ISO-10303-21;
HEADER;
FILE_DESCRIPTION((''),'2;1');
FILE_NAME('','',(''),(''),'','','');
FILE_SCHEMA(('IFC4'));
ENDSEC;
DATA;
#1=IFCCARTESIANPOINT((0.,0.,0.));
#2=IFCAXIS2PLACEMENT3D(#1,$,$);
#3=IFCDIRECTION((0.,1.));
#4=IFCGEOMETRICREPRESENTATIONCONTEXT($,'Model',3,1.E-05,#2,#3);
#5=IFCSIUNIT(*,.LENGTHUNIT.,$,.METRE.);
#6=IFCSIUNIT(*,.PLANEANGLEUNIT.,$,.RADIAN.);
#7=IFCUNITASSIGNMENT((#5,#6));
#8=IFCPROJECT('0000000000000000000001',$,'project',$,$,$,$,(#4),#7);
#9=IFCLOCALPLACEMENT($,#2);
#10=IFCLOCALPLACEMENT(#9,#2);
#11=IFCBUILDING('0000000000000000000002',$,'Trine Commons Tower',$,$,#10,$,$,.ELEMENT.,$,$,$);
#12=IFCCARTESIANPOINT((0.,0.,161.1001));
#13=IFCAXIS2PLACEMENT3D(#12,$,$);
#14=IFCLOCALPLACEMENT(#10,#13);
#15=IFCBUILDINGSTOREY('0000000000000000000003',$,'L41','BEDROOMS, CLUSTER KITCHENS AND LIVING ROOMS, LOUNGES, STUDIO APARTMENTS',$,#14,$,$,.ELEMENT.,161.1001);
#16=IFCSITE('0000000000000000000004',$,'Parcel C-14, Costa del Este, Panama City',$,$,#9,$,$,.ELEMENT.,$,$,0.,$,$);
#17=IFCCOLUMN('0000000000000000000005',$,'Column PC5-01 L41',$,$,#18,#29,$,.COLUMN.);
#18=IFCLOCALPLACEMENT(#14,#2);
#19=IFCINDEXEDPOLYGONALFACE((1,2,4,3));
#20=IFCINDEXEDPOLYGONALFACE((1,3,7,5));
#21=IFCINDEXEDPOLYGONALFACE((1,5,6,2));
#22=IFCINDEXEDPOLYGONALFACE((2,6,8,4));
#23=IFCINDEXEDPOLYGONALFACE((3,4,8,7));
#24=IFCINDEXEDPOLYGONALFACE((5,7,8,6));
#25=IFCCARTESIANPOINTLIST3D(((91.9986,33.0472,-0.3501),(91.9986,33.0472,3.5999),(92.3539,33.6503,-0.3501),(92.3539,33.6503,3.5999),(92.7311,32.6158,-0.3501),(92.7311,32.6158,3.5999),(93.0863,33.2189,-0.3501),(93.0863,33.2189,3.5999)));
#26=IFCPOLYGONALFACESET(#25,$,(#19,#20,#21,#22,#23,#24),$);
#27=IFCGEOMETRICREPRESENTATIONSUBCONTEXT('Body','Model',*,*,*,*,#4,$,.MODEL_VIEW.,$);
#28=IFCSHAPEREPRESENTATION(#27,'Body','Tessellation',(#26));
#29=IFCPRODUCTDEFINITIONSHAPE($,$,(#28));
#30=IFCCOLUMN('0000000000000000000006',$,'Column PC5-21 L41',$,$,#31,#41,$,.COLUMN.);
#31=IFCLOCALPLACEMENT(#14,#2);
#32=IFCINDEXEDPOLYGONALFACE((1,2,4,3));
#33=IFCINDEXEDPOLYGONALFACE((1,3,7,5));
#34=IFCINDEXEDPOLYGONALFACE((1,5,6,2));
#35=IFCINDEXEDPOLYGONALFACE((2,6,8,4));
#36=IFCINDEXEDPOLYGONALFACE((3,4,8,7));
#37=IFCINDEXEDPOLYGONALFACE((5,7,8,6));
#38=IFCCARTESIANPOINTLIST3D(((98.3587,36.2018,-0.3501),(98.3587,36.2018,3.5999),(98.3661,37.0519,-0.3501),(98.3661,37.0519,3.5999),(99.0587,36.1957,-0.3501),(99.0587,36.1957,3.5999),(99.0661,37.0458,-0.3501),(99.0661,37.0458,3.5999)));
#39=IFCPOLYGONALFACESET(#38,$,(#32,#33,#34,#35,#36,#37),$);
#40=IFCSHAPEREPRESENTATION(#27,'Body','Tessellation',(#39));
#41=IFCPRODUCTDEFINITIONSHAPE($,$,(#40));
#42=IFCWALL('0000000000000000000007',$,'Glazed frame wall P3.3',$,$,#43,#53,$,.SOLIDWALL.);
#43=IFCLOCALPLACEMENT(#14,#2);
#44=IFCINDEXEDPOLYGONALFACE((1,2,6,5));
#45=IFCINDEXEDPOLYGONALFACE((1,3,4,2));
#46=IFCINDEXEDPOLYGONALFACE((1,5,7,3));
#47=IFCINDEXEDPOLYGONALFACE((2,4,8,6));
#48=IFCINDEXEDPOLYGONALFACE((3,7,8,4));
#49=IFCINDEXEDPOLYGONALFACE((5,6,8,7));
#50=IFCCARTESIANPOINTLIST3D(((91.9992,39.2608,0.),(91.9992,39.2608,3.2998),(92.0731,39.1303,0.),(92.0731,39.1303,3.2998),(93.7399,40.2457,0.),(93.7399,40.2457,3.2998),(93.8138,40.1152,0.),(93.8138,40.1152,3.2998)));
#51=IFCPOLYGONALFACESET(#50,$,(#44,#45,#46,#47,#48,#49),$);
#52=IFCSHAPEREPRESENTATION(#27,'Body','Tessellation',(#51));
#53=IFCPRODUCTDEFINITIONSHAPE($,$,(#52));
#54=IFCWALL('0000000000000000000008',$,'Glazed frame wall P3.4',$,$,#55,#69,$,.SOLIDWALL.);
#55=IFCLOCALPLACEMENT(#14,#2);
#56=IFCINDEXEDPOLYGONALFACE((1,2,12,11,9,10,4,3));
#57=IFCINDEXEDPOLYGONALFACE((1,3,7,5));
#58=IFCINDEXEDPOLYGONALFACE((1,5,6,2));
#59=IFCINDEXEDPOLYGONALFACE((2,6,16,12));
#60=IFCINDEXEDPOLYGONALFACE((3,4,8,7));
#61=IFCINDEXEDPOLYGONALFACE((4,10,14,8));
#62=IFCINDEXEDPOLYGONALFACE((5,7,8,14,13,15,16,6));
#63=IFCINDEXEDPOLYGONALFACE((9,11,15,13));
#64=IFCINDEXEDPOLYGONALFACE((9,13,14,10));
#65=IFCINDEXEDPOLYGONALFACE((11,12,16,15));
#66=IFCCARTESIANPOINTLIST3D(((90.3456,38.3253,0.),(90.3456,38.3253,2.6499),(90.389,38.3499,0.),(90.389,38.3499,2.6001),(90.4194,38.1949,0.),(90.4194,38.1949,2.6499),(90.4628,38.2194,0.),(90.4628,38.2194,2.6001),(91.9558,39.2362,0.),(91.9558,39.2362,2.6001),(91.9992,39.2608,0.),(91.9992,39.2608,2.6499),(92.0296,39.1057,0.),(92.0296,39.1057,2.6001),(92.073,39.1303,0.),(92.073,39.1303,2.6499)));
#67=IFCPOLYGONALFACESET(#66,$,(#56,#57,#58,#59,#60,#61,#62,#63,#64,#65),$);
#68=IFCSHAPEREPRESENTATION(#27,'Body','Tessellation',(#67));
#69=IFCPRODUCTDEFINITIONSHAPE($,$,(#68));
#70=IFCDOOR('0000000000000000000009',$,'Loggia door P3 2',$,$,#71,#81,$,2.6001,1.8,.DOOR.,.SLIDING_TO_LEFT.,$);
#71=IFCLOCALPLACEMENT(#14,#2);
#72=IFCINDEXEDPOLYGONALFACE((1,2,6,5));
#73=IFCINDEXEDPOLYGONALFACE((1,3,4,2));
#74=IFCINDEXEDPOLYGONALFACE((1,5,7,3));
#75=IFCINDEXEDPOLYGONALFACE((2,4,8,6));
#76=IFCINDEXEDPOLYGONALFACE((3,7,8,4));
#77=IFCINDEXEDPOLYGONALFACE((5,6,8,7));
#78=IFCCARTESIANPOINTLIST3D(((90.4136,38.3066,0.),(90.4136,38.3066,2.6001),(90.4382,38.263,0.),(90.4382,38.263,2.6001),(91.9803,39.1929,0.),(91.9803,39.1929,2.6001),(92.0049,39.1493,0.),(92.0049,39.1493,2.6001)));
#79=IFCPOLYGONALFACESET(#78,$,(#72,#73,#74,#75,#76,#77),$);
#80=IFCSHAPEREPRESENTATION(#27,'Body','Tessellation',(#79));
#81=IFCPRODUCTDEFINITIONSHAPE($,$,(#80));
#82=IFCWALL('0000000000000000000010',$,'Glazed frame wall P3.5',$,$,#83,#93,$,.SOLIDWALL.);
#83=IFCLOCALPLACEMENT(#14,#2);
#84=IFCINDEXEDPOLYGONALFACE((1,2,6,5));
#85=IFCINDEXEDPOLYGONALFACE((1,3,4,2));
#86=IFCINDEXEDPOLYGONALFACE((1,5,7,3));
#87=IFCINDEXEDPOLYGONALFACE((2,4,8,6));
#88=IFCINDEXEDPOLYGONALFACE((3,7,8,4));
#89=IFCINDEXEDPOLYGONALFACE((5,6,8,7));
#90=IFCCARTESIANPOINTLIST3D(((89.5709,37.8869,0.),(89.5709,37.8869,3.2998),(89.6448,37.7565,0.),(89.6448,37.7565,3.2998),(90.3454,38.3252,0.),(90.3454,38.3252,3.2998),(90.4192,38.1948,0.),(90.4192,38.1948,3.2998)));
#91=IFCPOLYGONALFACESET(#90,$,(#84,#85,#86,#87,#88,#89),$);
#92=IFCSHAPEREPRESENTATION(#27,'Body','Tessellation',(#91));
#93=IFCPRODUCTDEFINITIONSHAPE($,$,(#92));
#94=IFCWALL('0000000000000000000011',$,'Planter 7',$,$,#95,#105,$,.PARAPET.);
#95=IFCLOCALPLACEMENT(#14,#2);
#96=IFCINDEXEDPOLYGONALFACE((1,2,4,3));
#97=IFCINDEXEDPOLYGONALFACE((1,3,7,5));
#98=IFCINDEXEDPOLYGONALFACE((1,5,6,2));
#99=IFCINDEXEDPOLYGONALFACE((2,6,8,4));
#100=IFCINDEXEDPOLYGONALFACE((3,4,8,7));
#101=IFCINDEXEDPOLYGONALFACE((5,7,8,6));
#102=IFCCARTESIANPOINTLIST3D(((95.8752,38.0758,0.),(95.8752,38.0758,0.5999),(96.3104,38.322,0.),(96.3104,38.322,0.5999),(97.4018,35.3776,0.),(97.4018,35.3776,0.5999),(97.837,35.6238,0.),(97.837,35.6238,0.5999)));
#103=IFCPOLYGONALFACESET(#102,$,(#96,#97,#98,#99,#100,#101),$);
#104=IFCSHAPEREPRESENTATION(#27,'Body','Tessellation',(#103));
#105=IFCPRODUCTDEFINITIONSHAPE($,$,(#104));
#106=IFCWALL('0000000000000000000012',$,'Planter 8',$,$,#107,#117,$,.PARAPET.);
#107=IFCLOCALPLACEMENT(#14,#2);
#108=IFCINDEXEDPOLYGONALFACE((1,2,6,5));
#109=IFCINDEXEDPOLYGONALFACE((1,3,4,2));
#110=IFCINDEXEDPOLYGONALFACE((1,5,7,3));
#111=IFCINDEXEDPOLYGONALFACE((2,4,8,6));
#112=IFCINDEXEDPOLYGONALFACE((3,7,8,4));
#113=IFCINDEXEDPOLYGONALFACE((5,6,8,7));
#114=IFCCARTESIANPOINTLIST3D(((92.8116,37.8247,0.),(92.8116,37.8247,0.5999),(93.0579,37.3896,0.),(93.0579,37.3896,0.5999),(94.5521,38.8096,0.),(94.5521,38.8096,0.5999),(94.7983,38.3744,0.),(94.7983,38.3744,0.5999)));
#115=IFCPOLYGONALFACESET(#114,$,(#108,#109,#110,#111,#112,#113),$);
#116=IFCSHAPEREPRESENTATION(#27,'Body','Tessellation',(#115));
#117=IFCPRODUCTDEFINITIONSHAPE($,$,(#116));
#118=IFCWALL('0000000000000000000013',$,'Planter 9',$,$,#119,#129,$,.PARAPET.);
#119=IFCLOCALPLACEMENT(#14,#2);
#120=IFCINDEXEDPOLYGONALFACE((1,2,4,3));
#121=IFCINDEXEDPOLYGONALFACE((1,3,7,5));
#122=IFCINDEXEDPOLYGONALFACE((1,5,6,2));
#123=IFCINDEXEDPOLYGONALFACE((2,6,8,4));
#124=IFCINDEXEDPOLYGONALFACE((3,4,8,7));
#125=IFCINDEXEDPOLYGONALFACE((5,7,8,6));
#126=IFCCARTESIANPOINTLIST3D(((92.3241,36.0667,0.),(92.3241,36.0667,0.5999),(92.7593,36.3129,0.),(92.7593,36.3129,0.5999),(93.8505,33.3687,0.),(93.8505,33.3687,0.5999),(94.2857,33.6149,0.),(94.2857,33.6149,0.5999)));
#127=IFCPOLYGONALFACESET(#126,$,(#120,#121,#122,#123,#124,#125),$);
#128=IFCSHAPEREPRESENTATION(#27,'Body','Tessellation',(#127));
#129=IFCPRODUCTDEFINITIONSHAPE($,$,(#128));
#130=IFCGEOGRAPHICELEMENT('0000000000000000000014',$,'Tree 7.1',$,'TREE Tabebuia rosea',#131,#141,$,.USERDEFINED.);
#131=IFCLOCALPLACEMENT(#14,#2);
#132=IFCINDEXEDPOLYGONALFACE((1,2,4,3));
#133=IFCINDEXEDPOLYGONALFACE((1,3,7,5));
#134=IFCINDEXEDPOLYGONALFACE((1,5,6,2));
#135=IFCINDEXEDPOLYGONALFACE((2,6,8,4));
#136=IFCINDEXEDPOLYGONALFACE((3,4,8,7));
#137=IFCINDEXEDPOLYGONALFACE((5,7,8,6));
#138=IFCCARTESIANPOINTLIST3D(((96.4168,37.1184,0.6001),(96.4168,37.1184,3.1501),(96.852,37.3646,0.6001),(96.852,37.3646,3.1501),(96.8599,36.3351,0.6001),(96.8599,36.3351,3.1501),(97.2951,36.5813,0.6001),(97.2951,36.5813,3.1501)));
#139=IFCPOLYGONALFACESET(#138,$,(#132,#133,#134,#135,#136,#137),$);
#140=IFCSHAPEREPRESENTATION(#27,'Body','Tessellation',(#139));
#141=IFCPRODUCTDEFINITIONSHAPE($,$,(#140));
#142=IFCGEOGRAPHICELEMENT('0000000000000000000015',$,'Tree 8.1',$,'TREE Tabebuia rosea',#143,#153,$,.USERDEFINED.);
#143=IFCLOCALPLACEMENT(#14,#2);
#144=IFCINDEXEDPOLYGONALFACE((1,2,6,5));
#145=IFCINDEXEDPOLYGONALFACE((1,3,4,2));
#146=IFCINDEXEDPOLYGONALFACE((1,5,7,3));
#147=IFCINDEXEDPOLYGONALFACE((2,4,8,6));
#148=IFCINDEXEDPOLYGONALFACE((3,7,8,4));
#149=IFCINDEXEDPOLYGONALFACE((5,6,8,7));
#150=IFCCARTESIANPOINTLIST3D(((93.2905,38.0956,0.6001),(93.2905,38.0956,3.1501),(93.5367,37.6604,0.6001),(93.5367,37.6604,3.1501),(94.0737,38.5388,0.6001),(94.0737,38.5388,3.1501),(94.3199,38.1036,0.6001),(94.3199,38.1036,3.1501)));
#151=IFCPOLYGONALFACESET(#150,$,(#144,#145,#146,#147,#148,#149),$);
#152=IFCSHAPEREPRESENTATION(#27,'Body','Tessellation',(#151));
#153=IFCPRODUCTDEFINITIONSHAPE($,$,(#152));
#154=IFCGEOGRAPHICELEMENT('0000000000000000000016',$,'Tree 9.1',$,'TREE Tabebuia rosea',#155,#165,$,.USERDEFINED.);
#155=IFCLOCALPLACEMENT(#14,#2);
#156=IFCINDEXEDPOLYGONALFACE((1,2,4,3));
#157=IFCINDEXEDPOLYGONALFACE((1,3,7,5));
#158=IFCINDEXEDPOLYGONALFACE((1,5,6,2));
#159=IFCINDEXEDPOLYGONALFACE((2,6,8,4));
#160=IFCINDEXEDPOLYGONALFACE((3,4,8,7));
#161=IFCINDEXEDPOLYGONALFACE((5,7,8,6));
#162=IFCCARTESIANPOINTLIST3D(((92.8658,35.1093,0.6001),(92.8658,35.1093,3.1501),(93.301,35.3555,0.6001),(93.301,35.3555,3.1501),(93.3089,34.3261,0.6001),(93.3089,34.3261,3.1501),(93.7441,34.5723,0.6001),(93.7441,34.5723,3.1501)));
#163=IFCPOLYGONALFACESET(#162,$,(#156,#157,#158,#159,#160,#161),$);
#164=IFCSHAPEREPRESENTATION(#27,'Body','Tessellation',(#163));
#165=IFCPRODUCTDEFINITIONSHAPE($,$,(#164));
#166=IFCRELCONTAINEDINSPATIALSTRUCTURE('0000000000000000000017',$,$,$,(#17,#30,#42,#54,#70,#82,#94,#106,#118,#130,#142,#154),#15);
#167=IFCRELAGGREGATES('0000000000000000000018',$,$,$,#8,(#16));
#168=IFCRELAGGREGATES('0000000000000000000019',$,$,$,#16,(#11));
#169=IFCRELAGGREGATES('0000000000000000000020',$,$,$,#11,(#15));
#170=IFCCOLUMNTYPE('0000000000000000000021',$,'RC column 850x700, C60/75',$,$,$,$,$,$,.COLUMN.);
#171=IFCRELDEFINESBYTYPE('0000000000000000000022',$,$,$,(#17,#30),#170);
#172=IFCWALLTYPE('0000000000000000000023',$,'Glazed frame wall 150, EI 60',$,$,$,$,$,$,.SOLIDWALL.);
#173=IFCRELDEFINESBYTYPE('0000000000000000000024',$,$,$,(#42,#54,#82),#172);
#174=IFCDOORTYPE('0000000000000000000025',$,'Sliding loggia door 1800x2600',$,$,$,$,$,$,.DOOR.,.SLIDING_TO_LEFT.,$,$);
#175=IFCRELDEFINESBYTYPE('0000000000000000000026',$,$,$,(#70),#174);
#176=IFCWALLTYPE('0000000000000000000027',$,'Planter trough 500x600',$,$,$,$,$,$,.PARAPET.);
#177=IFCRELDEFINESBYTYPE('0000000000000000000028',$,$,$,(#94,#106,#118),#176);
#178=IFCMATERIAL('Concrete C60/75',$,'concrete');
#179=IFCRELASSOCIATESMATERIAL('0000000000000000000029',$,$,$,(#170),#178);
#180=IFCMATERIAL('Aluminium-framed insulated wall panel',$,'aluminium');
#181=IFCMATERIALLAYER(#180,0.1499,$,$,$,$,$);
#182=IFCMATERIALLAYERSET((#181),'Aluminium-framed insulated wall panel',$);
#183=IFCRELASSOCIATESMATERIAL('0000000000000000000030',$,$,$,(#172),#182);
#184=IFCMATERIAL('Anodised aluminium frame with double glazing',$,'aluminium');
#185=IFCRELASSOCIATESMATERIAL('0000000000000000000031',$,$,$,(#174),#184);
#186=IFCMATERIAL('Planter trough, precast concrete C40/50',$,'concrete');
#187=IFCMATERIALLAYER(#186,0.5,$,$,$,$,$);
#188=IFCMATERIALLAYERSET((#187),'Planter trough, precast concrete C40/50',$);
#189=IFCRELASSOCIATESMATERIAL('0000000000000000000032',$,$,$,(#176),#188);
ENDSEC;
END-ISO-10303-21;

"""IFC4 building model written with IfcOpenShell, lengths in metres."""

from ifc_helpers import new_model, si_unit, direction, frame, frame_2d, origin, origin_2d, place, context, subcontext, project, spatial, polyline, rectangle, outline, extrude, material, layer, layer_set, material_profile, profile_set, type_object, element, fill, save


model = new_model("IFC4")

# Units and contexts
model_context = context("Model", 3, precision=1e-05, world=origin(), true_north=direction((0.0, 1.0)))
body_context = subcontext(model_context, "Body", "Model", "MODEL_VIEW")
ifc_project = project(units=[si_unit("LENGTHUNIT", "METRE"), si_unit("PLANEANGLEUNIT", "RADIAN")], contexts=[model_context])

# Site, building, storey
site_placement = place(None, origin())
site = spatial("IfcSite", under=ifc_project, at=site_placement, Name="Parcel C-14, Costa del Este, Panama City", CompositionType="ELEMENT", RefElevation=0.0)
building_placement = place(site_placement, origin())
building = spatial("IfcBuilding", under=site, at=building_placement, Name="Trine Commons Tower", CompositionType="ELEMENT")
storey_placement = place(building_placement, frame((0.0, 0.0, 161.1001)))
storey = spatial("IfcBuildingStorey", under=building, at=storey_placement, Name="L41", Description="BEDROOMS, CLUSTER KITCHENS AND LIVING ROOMS, LOUNGES, STUDIO APARTMENTS", CompositionType="ELEMENT", Elevation=161.1001)

# Columns
ifc_material_1 = material(Name="Concrete C60/75", Category="concrete")
ifc_material_profile = material_profile(ifc_material_1, rectangle(XDim=0.8501, YDim=0.7, at=origin_2d()), Name="RC 850x700")
ifc_profile_set = profile_set([ifc_material_profile], Name="Concrete C60/75")
column_type = type_object("IfcColumnType", Name="RC column 850x700, C60/75", PredefinedType="COLUMN", material=ifc_profile_set)
for number, where, z_axis, x_axis, name in (
    (1, (92.5425, 33.1331, -0.3501), (0.0, 0.0, 1.0), (-0.861629, 0.507538, 0.0), "Column PC5-01 L41"),
    (2, (98.7124, 36.6238, -0.3501), (0.0, 0.0, 1.0), (0.008727, 0.999962, 0.0), "Column PC5-21 L41"),
):
    element("IfcColumn", number, at=place(storey_placement, frame(where, z_axis=z_axis, x_axis=x_axis)), inside=storey, type_object=column_type, Name=name, PredefinedType="COLUMN", context=body_context, shape_type="SweptSolid", body=[
        extrude(rectangle(XDim=0.8501, YDim=0.7, at=origin_2d()), origin(), (0.0, 0.0, 1.0), 3.95),
    ])

# Wall
ifc_material_2 = material(Name="Aluminium-framed insulated wall panel", Category="aluminium")
ifc_layer_1 = layer(ifc_material_2, 0.1499)
ifc_layer_set_1 = layer_set([ifc_layer_1], Name="Aluminium-framed insulated wall panel")
wall_type_1 = type_object("IfcWallType", Name="Glazed frame wall 150, EI 60", PredefinedType="SOLIDWALL", material=ifc_layer_set_1)
wall_1_placement = place(storey_placement, frame((93.7769, 40.1804, 0.0), z_axis=(0.0, 0.0, 1.0), x_axis=(-0.870354, -0.492427, 0.0)))
element("IfcWall", 3, at=wall_1_placement, inside=storey, type_object=wall_type_1, Name="Glazed frame wall P3.3", PredefinedType="SOLIDWALL", context=body_context, shape_type="SweptSolid", body=[
    extrude(outline(polyline([(0.0, -0.075), (2.0, -0.075), (2.0, 0.075), (0.0, 0.075), (0.0, -0.075)])), origin(), (0.0, 0.0, 1.0), 3.2998),
])

# Wall, opening, door
wall_2_placement = place(storey_placement, frame((92.0361, 39.1956, 0.0), z_axis=(0.0, 0.0, 1.0), x_axis=(-0.870386, -0.492371, 0.0)))
wall_2 = element("IfcWall", 4, at=wall_2_placement, inside=storey, type_object=wall_type_1, Name="Glazed frame wall P3.4", PredefinedType="SOLIDWALL", context=body_context, shape_type="SweptSolid", body=[
    extrude(outline(polyline([(0.0, -0.075), (1.8999, -0.075), (1.8999, 0.075), (0.0, 0.075), (0.0, -0.075)])), origin(), (0.0, 0.0, 1.0), 2.6499),
])
opening_1_placement = place(wall_2_placement, frame((0.05, 0.0, 0.0)))
opening_1 = element("IfcOpeningElement", 5, at=opening_1_placement, cuts=wall_2, PredefinedType="OPENING", context=body_context, shape_type="SweptSolid", body=[
    extrude(rectangle(XDim=1.8, YDim=2.6001, at=frame_2d((0.8999, 1.3))), frame((0.0, 0.085, 0.0), z_axis=(0.0, -1.0, 0.0), x_axis=(1.0, 0.0, 0.0)), (0.0, 0.0, 1.0), 0.1699),
])
ifc_material_3 = material(Name="Anodised aluminium frame with double glazing", Category="aluminium")
door_type = type_object("IfcDoorType", Name="Sliding loggia door 1800x2600", OperationType="SLIDING_TO_LEFT", PredefinedType="DOOR", material=ifc_material_3)
door_1_placement = place(opening_1_placement, origin())
door_1 = element("IfcDoor", 6, at=door_1_placement, inside=storey, type_object=door_type, Name="Loggia door P3 2", OperationType="SLIDING_TO_LEFT", OverallHeight=2.6001, OverallWidth=1.8, PredefinedType="DOOR", context=body_context, shape_type="SweptSolid", body=[
    extrude(rectangle(XDim=1.8, YDim=2.6001, at=frame_2d((0.8999, 1.3))), frame((0.0, 0.0249, 0.0), z_axis=(0.0, -1.0, 0.0), x_axis=(1.0, 0.0, 0.0)), (0.0, 0.0, 1.0), 0.05),
])
fill(opening_1, door_1)

# Wall
wall_3_placement = place(storey_placement, frame((90.3823, 38.26, 0.0), z_axis=(0.0, 0.0, 1.0), x_axis=(-0.870294, -0.492532, 0.0)))
element("IfcWall", 7, at=wall_3_placement, inside=storey, type_object=wall_type_1, Name="Glazed frame wall P3.5", PredefinedType="SOLIDWALL", context=body_context, shape_type="SweptSolid", body=[
    extrude(outline(polyline([(0.8899, 0.075), (0.0, 0.075), (0.0, -0.075), (0.8899, -0.075), (0.8899, 0.075)])), origin(), (0.0, 0.0, 1.0), 3.2998),
])

# Walls
ifc_material_4 = material(Name="Planter trough, precast concrete C40/50", Category="concrete")
ifc_layer_2 = layer(ifc_material_4, 0.5)
ifc_layer_set_2 = layer_set([ifc_layer_2], Name="Planter trough, precast concrete C40/50")
wall_type_2 = type_object("IfcWallType", Name="Planter trough 500x600", PredefinedType="PARAPET", material=ifc_layer_set_2)
wall_4_placement = place(storey_placement, frame((97.6194, 35.5007, 0.0), z_axis=(0.0, 0.0, 1.0), x_axis=(-0.492428, 0.870353, 0.0)))
element("IfcWall", 8, at=wall_4_placement, inside=storey, type_object=wall_type_2, Name="Planter 7", PredefinedType="PARAPET", context=body_context, shape_type="SweptSolid", body=[
    extrude(rectangle(XDim=3.1001, YDim=0.5, at=frame_2d((1.55, 0.0))), origin(), (0.0, 0.0, 1.0), 0.5999),
])
wall_5_placement = place(storey_placement, frame((94.6753, 38.592, 0.0), z_axis=(0.0, 0.0, 1.0), x_axis=(-0.870324, -0.49248, 0.0)))
element("IfcWall", 9, at=wall_5_placement, inside=storey, type_object=wall_type_2, Name="Planter 8", PredefinedType="PARAPET", context=body_context, shape_type="SweptSolid", body=[
    extrude(rectangle(XDim=1.9998, YDim=0.5, at=frame_2d((1.0, 0.0))), origin(), (0.0, 0.0, 1.0), 0.5999),
])
wall_6_placement = place(storey_placement, frame((92.5417, 36.1897, 0.0), z_axis=(0.0, 0.0, 1.0), x_axis=(0.492402, -0.870368, 0.0)))
element("IfcWall", 10, at=wall_6_placement, inside=storey, type_object=wall_type_2, Name="Planter 9", PredefinedType="PARAPET", context=body_context, shape_type="SweptSolid", body=[
    extrude(rectangle(XDim=3.0999, YDim=0.5, at=frame_2d((1.5498, 0.0))), origin(), (0.0, 0.0, 1.0), 0.5999),
])

# Geographic elements
for number, where, z_axis, x_axis, name in (
    (11, (96.856, 36.8499, 0.6001), (0.0, 0.0, 1.0), (-0.492421, 0.870357, 0.0), "Tree 7.1"),
    (12, (93.8052, 38.0996, 0.6001), (0.0, 0.0, 1.0), (-0.870333, -0.492463, 0.0), "Tree 8.1"),
    (13, (93.3049, 34.8408, 0.6001), (0.0, 0.0, 1.0), (0.492421, -0.870357, 0.0), "Tree 9.1"),
):
    element("IfcGeographicElement", number, at=place(storey_placement, frame(where, z_axis=z_axis, x_axis=x_axis)), inside=storey, Name=name, ObjectType="TREE Tabebuia rosea", PredefinedType="USERDEFINED", context=body_context, shape_type="SweptSolid", body=[
        extrude(rectangle(XDim=0.8999, YDim=0.5, at=origin_2d()), origin(), (0.0, 0.0, 1.0), 2.55),
    ])

save(model, "model.ifc")
